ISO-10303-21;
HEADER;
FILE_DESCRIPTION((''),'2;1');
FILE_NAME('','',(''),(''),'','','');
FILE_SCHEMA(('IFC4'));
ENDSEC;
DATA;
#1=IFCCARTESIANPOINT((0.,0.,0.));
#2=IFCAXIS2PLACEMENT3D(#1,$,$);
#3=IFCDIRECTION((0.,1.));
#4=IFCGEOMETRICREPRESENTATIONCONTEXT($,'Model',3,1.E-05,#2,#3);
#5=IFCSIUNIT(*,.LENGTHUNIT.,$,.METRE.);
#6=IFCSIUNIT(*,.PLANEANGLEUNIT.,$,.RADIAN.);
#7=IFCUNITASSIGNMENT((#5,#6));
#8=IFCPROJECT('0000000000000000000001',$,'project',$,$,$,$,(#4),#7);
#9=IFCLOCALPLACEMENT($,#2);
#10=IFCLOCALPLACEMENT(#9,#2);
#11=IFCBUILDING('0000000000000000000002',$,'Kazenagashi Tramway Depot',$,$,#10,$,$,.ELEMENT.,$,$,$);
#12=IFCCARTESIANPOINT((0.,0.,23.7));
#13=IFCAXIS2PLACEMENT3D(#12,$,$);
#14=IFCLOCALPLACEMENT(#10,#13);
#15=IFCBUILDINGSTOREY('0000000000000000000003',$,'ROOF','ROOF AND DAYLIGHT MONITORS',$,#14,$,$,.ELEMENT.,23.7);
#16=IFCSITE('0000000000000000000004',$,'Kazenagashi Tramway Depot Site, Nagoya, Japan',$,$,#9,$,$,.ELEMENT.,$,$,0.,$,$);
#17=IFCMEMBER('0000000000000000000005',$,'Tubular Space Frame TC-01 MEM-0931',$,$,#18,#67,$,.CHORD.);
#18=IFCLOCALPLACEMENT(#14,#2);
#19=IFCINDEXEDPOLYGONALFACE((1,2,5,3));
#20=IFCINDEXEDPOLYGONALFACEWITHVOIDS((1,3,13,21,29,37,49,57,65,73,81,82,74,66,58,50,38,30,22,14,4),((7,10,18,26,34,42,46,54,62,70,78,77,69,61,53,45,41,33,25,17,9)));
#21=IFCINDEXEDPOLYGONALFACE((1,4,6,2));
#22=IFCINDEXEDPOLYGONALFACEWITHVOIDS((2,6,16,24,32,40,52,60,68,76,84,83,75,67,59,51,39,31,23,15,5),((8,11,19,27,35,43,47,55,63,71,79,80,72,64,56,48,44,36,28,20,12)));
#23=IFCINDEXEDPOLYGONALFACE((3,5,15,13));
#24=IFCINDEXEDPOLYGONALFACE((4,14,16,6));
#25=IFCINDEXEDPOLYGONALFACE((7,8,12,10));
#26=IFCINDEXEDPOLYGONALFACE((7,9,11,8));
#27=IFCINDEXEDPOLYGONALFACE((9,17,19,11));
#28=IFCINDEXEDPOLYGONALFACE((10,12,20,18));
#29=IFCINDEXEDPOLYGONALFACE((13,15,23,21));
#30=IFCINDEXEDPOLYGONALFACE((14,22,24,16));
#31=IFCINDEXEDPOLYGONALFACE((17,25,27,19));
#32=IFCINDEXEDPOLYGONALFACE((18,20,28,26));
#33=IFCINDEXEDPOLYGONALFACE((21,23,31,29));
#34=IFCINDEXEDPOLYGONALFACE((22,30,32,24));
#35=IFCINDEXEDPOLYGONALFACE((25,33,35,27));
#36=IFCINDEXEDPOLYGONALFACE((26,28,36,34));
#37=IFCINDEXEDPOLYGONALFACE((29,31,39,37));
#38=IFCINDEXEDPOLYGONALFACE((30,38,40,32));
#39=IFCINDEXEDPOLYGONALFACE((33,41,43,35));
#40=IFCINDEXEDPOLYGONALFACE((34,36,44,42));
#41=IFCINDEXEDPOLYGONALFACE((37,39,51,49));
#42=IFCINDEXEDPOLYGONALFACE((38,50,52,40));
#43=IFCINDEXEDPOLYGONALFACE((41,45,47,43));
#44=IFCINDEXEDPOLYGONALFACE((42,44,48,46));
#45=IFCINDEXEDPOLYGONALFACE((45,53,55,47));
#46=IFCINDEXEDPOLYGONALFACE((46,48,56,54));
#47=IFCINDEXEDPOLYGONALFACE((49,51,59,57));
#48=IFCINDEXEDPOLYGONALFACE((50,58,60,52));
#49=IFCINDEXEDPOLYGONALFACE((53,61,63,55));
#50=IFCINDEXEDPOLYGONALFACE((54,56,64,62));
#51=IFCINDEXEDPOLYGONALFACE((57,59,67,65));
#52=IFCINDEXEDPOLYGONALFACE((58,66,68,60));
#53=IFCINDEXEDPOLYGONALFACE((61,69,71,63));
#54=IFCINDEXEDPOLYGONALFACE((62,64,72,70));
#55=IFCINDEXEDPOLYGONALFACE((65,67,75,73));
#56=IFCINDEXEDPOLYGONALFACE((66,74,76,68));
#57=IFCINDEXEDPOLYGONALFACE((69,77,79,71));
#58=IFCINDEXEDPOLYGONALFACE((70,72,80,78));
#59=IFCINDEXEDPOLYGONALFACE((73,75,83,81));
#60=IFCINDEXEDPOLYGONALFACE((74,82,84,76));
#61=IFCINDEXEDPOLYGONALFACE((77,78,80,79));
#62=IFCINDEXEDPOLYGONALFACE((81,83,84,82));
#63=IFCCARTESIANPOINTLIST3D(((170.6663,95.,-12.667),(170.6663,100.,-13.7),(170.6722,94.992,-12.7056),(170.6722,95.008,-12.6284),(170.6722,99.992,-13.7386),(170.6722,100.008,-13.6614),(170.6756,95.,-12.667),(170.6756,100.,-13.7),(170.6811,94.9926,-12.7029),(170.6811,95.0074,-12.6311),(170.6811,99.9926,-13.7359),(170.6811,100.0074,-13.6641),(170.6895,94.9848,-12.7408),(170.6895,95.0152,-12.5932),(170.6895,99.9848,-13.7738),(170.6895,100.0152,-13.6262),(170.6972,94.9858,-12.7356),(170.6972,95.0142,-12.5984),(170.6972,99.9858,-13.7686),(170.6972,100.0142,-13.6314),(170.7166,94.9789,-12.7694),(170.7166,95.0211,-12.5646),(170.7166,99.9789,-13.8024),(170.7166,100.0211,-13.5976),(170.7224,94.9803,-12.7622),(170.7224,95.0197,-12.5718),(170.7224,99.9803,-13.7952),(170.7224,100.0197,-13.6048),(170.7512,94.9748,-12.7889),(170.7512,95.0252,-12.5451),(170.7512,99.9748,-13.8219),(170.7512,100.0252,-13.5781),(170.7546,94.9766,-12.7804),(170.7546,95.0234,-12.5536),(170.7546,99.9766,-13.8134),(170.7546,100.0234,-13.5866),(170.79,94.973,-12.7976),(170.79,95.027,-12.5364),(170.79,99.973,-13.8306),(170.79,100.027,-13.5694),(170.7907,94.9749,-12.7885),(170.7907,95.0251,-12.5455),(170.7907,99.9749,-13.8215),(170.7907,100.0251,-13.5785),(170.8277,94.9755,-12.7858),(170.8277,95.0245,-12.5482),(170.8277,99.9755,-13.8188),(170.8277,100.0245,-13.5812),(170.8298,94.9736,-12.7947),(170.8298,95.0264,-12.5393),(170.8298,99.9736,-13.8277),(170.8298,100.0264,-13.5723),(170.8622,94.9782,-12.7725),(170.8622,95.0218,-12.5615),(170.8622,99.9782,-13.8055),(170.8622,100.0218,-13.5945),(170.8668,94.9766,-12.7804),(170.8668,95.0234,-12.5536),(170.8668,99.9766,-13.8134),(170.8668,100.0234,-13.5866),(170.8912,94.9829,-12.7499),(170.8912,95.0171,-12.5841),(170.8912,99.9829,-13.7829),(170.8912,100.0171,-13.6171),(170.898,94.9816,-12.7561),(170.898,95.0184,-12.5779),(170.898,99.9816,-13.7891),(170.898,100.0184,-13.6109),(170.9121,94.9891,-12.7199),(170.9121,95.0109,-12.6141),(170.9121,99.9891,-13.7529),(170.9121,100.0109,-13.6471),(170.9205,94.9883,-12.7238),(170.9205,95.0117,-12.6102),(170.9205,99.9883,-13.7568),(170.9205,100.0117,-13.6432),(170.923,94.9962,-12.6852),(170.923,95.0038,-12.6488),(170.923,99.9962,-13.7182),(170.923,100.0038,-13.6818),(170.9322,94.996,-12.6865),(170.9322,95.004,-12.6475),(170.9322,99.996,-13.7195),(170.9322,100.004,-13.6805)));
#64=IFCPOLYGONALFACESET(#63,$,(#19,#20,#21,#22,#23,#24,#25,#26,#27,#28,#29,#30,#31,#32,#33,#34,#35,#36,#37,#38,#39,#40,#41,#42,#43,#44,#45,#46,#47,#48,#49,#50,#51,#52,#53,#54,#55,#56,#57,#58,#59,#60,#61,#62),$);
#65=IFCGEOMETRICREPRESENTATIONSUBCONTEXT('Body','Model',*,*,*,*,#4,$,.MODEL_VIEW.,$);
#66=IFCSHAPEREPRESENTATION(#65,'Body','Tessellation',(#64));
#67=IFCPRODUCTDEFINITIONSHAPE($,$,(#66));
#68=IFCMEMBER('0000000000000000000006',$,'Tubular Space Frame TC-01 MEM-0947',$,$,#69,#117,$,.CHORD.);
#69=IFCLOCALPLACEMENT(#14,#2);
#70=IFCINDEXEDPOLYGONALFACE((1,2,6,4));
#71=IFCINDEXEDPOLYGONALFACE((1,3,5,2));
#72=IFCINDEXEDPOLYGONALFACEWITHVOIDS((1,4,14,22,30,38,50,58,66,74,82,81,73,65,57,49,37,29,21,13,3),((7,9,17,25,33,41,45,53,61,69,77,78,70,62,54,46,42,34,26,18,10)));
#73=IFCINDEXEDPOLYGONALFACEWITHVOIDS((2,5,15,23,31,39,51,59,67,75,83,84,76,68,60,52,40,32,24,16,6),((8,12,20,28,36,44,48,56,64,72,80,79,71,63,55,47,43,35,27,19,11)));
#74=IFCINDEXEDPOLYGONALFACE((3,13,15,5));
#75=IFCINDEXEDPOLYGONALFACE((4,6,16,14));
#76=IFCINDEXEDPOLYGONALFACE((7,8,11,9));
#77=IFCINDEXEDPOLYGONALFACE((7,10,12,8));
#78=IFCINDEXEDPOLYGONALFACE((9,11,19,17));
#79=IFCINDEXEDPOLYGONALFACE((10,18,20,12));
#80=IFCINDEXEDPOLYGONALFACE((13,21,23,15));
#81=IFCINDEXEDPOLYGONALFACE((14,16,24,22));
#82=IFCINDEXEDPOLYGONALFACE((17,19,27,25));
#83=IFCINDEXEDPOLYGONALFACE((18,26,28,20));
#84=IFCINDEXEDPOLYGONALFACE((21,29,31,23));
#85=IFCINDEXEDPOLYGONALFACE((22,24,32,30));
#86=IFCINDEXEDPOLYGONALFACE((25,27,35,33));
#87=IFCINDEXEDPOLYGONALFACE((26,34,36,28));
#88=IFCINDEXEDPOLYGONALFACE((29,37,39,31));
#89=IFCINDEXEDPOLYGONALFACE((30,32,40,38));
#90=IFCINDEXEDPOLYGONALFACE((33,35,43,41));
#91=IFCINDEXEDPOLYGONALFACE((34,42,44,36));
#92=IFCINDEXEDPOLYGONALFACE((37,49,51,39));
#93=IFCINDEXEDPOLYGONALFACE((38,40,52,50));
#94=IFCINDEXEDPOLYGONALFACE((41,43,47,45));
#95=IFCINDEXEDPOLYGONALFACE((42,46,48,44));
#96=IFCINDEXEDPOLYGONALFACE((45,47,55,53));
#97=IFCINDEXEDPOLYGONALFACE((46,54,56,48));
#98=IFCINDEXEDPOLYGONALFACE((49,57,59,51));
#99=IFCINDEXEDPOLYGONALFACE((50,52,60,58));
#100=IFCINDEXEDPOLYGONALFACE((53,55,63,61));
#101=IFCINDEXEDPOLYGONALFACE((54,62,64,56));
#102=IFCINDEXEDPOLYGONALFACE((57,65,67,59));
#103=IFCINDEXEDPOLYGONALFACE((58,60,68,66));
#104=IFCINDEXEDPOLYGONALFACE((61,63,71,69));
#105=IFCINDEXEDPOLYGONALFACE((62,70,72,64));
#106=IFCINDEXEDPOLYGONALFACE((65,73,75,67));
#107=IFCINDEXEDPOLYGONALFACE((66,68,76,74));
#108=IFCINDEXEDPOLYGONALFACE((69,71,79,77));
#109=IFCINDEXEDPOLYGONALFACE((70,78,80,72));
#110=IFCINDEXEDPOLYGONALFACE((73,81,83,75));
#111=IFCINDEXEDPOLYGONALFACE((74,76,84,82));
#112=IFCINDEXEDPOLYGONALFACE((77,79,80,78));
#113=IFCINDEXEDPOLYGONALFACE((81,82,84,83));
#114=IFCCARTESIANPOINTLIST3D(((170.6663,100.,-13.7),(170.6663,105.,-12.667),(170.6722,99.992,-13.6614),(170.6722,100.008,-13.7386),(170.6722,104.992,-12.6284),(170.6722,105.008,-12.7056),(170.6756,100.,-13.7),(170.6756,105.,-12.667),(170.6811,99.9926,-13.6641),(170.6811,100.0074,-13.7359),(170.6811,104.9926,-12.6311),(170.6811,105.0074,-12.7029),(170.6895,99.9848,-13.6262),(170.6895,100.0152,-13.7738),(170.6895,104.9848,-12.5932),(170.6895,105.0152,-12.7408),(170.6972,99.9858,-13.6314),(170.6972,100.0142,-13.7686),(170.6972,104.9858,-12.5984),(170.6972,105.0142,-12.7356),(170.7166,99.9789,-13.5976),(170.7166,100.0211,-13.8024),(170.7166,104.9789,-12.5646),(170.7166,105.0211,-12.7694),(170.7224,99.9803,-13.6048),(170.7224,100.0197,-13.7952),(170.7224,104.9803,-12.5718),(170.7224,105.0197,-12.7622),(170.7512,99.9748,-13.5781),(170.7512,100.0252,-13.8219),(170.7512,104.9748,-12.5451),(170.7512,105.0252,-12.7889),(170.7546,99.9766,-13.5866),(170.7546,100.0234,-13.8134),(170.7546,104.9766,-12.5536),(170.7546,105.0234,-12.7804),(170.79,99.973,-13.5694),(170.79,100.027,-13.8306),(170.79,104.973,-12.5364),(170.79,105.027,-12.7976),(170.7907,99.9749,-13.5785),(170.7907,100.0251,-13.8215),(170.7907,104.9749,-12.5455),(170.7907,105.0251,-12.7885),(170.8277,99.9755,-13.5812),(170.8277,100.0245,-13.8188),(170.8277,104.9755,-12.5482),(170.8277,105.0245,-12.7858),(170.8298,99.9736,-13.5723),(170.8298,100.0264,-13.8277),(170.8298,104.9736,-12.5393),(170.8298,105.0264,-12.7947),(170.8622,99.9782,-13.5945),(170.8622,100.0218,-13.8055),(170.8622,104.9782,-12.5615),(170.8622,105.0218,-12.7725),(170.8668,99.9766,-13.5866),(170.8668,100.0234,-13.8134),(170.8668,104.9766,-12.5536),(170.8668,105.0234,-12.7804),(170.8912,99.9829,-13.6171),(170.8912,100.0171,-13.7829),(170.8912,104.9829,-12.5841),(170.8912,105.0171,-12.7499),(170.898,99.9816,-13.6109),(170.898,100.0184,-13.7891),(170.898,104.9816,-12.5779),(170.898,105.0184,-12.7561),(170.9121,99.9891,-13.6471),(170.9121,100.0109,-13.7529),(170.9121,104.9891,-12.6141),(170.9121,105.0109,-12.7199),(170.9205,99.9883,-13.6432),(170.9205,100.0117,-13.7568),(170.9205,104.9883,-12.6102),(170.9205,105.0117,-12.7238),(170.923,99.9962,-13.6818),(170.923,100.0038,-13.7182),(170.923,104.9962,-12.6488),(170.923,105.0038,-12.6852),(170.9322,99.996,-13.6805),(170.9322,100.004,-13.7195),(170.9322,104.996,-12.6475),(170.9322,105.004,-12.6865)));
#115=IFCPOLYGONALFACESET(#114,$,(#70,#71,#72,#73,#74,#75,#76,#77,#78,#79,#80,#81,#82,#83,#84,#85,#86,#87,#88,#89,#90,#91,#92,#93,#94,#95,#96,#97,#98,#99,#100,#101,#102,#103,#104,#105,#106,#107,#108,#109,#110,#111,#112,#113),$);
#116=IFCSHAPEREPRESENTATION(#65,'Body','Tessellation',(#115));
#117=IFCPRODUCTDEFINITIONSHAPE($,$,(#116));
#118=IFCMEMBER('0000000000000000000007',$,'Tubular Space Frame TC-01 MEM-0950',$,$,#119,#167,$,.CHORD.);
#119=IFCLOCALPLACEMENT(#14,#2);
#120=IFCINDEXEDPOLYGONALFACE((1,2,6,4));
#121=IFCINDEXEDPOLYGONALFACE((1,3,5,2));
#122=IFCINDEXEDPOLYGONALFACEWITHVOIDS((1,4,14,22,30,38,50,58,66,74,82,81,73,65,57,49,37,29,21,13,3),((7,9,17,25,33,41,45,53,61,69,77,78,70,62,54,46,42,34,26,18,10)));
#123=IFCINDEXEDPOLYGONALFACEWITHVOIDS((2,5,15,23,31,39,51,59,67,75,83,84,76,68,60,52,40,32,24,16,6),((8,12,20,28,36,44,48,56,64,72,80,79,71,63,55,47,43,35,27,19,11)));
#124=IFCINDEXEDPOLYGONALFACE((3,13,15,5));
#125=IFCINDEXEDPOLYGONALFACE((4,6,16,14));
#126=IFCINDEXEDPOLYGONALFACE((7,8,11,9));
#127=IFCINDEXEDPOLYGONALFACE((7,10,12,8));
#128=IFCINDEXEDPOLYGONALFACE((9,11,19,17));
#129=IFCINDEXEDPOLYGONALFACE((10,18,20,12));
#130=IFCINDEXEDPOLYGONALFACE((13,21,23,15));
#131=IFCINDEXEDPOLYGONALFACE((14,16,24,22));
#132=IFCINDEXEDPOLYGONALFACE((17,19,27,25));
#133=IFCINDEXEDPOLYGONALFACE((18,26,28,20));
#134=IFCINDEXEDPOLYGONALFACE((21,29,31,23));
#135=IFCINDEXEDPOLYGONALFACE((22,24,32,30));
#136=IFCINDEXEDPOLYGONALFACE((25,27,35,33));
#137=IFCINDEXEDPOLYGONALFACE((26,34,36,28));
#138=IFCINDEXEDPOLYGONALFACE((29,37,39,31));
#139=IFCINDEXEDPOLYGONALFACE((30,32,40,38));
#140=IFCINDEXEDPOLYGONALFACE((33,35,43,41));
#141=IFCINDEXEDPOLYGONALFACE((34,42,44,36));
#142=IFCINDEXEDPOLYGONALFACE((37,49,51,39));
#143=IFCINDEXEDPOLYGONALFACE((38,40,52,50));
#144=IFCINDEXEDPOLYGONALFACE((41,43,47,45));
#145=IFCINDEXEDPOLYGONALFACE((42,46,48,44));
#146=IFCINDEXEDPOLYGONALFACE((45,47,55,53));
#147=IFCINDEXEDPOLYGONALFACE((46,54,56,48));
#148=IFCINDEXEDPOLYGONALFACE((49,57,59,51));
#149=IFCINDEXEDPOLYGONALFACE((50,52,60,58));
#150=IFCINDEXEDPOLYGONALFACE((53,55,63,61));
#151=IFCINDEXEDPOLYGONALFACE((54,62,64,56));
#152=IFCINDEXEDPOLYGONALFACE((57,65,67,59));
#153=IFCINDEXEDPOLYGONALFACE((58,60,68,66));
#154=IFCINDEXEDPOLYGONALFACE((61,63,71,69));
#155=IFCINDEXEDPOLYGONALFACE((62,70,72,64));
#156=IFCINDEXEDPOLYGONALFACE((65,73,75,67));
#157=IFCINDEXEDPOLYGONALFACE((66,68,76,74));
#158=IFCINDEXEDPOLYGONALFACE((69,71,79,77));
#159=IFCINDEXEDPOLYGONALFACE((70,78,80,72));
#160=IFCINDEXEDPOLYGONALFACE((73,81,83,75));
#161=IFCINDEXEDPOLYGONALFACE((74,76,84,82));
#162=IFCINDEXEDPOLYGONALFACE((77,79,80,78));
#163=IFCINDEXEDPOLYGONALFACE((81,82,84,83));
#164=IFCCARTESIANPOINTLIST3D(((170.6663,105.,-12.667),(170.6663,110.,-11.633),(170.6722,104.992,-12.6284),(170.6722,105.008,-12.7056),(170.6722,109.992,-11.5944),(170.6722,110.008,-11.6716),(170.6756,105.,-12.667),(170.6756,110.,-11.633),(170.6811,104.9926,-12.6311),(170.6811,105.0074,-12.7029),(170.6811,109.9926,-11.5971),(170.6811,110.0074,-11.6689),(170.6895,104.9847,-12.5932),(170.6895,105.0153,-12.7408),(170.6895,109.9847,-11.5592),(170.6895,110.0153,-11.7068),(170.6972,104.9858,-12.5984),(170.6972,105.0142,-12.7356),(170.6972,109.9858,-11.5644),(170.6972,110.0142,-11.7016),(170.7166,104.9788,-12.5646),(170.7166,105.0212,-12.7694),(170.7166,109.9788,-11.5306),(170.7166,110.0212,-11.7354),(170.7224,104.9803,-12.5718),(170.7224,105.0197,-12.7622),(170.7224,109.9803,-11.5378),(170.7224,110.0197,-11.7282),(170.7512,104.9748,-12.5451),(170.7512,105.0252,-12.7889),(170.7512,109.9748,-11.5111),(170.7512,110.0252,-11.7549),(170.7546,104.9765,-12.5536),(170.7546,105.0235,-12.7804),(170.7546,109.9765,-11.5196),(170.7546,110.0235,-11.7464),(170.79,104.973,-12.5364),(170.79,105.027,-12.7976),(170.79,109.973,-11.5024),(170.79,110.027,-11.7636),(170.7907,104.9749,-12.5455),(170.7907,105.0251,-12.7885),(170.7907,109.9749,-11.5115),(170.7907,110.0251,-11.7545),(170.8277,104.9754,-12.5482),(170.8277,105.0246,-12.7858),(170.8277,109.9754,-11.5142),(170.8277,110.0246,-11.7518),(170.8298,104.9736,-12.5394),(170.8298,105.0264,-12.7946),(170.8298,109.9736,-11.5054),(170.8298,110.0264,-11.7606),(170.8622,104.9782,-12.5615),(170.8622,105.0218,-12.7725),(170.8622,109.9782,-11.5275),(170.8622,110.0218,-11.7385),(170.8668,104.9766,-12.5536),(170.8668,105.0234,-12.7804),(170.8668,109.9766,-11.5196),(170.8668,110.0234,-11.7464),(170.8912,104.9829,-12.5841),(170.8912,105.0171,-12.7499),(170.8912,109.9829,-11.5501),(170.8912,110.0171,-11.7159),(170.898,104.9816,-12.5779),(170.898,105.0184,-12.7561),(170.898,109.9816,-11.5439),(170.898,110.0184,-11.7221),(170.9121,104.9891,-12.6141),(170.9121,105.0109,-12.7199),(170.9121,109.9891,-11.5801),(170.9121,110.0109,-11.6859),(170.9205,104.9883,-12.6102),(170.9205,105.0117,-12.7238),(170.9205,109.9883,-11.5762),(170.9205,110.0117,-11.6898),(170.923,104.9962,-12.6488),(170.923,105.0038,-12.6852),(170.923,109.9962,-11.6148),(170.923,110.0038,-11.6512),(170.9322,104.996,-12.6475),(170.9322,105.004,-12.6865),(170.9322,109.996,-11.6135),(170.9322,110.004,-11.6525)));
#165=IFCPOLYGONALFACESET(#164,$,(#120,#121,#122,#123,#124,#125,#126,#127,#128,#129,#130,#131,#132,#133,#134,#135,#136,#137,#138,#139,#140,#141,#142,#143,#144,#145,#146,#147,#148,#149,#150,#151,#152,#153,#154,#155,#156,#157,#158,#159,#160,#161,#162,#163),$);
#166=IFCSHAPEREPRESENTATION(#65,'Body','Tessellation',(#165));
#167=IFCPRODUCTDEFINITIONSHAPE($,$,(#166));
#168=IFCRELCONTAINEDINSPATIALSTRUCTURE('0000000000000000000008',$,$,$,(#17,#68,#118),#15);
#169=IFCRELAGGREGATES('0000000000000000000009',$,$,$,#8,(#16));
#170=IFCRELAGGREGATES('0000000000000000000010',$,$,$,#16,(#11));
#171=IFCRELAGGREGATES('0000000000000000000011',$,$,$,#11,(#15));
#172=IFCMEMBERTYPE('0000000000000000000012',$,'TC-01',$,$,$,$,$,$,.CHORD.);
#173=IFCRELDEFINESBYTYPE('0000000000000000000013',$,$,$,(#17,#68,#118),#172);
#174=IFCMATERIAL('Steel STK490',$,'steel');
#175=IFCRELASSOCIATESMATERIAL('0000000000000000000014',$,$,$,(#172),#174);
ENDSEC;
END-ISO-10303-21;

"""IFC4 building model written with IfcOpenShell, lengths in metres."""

from ifc_helpers import new_model, si_unit, direction, frame, origin, origin_2d, place, context, subcontext, project, spatial, hollow_circle, extrude, material, material_profile, profile_set, type_object, element, save


model = new_model("IFC4")

# Units and contexts
model_context = context("Model", 3, precision=1e-05, world=origin(), true_north=direction((0.0, 1.0)))
body_context = subcontext(model_context, "Body", "Model", "MODEL_VIEW")
ifc_project = project(units=[si_unit("LENGTHUNIT", "METRE"), si_unit("PLANEANGLEUNIT", "RADIAN")], contexts=[model_context])

# Site, building, storey
site_placement = place(None, origin())
site = spatial("IfcSite", under=ifc_project, at=site_placement, Name="Kazenagashi Tramway Depot Site, Nagoya, Japan", CompositionType="ELEMENT", RefElevation=0.0)
building_placement = place(site_placement, origin())
building = spatial("IfcBuilding", under=site, at=building_placement, Name="Kazenagashi Tramway Depot", CompositionType="ELEMENT")
storey_placement = place(building_placement, frame((0.0, 0.0, 23.7)))
storey = spatial("IfcBuildingStorey", under=building, at=storey_placement, Name="ROOF", Description="ROOF AND DAYLIGHT MONITORS", CompositionType="ELEMENT", Elevation=23.7)

# Members
ifc_material_1 = material(Name="Steel STK490", Category="steel")
ifc_material_profile_1 = material_profile(ifc_material_1, hollow_circle(Radius=0.1337, WallThickness=0.0093, at=origin_2d()), Name="CHS-267.4x9.3")
ifc_profile_set_1 = profile_set([ifc_material_profile_1], Name="Steel STK490")
member_type_1 = type_object("IfcMemberType", Name="TC-01", PredefinedType="CHORD", material=ifc_profile_set_1)
for number, where, z_axis, x_axis, name in (
    (1, (170.8, 95.0, -12.667), (0.0, 0.979318, -0.202327), (-1.0, 0.0, 0.0), "Tubular Space Frame TC-01 MEM-0931"),
    (2, (170.8, 100.0, -13.7), (0.0, 0.979318, 0.202327), (-1.0, 0.0, 0.0), "Tubular Space Frame TC-01 MEM-0947"),
):
    element("IfcMember", number, at=place(storey_placement, frame(where, z_axis=z_axis, x_axis=x_axis)), inside=storey, type_object=member_type_1, Name=name, PredefinedType="CHORD", context=body_context, shape_type="SweptSolid", body=[
        extrude(hollow_circle(Radius=0.1337, WallThickness=0.0093, at=origin_2d()), origin(), (0.0, 0.0, 1.0), 5.1056),
    ])
member_1_placement = place(storey_placement, frame((170.8, 105.0, -12.667), z_axis=(0.0, 0.979279, 0.202515), x_axis=(-1.0, 0.0, 0.0)))
element("IfcMember", 3, at=member_1_placement, inside=storey, type_object=member_type_1, Name="Tubular Space Frame TC-01 MEM-0950", PredefinedType="CHORD", context=body_context, shape_type="SweptSolid", body=[
    extrude(hollow_circle(Radius=0.1337, WallThickness=0.0093, at=origin_2d()), origin(), (0.0, 0.0, 1.0), 5.1058),
])

save(model, "model.ifc")
